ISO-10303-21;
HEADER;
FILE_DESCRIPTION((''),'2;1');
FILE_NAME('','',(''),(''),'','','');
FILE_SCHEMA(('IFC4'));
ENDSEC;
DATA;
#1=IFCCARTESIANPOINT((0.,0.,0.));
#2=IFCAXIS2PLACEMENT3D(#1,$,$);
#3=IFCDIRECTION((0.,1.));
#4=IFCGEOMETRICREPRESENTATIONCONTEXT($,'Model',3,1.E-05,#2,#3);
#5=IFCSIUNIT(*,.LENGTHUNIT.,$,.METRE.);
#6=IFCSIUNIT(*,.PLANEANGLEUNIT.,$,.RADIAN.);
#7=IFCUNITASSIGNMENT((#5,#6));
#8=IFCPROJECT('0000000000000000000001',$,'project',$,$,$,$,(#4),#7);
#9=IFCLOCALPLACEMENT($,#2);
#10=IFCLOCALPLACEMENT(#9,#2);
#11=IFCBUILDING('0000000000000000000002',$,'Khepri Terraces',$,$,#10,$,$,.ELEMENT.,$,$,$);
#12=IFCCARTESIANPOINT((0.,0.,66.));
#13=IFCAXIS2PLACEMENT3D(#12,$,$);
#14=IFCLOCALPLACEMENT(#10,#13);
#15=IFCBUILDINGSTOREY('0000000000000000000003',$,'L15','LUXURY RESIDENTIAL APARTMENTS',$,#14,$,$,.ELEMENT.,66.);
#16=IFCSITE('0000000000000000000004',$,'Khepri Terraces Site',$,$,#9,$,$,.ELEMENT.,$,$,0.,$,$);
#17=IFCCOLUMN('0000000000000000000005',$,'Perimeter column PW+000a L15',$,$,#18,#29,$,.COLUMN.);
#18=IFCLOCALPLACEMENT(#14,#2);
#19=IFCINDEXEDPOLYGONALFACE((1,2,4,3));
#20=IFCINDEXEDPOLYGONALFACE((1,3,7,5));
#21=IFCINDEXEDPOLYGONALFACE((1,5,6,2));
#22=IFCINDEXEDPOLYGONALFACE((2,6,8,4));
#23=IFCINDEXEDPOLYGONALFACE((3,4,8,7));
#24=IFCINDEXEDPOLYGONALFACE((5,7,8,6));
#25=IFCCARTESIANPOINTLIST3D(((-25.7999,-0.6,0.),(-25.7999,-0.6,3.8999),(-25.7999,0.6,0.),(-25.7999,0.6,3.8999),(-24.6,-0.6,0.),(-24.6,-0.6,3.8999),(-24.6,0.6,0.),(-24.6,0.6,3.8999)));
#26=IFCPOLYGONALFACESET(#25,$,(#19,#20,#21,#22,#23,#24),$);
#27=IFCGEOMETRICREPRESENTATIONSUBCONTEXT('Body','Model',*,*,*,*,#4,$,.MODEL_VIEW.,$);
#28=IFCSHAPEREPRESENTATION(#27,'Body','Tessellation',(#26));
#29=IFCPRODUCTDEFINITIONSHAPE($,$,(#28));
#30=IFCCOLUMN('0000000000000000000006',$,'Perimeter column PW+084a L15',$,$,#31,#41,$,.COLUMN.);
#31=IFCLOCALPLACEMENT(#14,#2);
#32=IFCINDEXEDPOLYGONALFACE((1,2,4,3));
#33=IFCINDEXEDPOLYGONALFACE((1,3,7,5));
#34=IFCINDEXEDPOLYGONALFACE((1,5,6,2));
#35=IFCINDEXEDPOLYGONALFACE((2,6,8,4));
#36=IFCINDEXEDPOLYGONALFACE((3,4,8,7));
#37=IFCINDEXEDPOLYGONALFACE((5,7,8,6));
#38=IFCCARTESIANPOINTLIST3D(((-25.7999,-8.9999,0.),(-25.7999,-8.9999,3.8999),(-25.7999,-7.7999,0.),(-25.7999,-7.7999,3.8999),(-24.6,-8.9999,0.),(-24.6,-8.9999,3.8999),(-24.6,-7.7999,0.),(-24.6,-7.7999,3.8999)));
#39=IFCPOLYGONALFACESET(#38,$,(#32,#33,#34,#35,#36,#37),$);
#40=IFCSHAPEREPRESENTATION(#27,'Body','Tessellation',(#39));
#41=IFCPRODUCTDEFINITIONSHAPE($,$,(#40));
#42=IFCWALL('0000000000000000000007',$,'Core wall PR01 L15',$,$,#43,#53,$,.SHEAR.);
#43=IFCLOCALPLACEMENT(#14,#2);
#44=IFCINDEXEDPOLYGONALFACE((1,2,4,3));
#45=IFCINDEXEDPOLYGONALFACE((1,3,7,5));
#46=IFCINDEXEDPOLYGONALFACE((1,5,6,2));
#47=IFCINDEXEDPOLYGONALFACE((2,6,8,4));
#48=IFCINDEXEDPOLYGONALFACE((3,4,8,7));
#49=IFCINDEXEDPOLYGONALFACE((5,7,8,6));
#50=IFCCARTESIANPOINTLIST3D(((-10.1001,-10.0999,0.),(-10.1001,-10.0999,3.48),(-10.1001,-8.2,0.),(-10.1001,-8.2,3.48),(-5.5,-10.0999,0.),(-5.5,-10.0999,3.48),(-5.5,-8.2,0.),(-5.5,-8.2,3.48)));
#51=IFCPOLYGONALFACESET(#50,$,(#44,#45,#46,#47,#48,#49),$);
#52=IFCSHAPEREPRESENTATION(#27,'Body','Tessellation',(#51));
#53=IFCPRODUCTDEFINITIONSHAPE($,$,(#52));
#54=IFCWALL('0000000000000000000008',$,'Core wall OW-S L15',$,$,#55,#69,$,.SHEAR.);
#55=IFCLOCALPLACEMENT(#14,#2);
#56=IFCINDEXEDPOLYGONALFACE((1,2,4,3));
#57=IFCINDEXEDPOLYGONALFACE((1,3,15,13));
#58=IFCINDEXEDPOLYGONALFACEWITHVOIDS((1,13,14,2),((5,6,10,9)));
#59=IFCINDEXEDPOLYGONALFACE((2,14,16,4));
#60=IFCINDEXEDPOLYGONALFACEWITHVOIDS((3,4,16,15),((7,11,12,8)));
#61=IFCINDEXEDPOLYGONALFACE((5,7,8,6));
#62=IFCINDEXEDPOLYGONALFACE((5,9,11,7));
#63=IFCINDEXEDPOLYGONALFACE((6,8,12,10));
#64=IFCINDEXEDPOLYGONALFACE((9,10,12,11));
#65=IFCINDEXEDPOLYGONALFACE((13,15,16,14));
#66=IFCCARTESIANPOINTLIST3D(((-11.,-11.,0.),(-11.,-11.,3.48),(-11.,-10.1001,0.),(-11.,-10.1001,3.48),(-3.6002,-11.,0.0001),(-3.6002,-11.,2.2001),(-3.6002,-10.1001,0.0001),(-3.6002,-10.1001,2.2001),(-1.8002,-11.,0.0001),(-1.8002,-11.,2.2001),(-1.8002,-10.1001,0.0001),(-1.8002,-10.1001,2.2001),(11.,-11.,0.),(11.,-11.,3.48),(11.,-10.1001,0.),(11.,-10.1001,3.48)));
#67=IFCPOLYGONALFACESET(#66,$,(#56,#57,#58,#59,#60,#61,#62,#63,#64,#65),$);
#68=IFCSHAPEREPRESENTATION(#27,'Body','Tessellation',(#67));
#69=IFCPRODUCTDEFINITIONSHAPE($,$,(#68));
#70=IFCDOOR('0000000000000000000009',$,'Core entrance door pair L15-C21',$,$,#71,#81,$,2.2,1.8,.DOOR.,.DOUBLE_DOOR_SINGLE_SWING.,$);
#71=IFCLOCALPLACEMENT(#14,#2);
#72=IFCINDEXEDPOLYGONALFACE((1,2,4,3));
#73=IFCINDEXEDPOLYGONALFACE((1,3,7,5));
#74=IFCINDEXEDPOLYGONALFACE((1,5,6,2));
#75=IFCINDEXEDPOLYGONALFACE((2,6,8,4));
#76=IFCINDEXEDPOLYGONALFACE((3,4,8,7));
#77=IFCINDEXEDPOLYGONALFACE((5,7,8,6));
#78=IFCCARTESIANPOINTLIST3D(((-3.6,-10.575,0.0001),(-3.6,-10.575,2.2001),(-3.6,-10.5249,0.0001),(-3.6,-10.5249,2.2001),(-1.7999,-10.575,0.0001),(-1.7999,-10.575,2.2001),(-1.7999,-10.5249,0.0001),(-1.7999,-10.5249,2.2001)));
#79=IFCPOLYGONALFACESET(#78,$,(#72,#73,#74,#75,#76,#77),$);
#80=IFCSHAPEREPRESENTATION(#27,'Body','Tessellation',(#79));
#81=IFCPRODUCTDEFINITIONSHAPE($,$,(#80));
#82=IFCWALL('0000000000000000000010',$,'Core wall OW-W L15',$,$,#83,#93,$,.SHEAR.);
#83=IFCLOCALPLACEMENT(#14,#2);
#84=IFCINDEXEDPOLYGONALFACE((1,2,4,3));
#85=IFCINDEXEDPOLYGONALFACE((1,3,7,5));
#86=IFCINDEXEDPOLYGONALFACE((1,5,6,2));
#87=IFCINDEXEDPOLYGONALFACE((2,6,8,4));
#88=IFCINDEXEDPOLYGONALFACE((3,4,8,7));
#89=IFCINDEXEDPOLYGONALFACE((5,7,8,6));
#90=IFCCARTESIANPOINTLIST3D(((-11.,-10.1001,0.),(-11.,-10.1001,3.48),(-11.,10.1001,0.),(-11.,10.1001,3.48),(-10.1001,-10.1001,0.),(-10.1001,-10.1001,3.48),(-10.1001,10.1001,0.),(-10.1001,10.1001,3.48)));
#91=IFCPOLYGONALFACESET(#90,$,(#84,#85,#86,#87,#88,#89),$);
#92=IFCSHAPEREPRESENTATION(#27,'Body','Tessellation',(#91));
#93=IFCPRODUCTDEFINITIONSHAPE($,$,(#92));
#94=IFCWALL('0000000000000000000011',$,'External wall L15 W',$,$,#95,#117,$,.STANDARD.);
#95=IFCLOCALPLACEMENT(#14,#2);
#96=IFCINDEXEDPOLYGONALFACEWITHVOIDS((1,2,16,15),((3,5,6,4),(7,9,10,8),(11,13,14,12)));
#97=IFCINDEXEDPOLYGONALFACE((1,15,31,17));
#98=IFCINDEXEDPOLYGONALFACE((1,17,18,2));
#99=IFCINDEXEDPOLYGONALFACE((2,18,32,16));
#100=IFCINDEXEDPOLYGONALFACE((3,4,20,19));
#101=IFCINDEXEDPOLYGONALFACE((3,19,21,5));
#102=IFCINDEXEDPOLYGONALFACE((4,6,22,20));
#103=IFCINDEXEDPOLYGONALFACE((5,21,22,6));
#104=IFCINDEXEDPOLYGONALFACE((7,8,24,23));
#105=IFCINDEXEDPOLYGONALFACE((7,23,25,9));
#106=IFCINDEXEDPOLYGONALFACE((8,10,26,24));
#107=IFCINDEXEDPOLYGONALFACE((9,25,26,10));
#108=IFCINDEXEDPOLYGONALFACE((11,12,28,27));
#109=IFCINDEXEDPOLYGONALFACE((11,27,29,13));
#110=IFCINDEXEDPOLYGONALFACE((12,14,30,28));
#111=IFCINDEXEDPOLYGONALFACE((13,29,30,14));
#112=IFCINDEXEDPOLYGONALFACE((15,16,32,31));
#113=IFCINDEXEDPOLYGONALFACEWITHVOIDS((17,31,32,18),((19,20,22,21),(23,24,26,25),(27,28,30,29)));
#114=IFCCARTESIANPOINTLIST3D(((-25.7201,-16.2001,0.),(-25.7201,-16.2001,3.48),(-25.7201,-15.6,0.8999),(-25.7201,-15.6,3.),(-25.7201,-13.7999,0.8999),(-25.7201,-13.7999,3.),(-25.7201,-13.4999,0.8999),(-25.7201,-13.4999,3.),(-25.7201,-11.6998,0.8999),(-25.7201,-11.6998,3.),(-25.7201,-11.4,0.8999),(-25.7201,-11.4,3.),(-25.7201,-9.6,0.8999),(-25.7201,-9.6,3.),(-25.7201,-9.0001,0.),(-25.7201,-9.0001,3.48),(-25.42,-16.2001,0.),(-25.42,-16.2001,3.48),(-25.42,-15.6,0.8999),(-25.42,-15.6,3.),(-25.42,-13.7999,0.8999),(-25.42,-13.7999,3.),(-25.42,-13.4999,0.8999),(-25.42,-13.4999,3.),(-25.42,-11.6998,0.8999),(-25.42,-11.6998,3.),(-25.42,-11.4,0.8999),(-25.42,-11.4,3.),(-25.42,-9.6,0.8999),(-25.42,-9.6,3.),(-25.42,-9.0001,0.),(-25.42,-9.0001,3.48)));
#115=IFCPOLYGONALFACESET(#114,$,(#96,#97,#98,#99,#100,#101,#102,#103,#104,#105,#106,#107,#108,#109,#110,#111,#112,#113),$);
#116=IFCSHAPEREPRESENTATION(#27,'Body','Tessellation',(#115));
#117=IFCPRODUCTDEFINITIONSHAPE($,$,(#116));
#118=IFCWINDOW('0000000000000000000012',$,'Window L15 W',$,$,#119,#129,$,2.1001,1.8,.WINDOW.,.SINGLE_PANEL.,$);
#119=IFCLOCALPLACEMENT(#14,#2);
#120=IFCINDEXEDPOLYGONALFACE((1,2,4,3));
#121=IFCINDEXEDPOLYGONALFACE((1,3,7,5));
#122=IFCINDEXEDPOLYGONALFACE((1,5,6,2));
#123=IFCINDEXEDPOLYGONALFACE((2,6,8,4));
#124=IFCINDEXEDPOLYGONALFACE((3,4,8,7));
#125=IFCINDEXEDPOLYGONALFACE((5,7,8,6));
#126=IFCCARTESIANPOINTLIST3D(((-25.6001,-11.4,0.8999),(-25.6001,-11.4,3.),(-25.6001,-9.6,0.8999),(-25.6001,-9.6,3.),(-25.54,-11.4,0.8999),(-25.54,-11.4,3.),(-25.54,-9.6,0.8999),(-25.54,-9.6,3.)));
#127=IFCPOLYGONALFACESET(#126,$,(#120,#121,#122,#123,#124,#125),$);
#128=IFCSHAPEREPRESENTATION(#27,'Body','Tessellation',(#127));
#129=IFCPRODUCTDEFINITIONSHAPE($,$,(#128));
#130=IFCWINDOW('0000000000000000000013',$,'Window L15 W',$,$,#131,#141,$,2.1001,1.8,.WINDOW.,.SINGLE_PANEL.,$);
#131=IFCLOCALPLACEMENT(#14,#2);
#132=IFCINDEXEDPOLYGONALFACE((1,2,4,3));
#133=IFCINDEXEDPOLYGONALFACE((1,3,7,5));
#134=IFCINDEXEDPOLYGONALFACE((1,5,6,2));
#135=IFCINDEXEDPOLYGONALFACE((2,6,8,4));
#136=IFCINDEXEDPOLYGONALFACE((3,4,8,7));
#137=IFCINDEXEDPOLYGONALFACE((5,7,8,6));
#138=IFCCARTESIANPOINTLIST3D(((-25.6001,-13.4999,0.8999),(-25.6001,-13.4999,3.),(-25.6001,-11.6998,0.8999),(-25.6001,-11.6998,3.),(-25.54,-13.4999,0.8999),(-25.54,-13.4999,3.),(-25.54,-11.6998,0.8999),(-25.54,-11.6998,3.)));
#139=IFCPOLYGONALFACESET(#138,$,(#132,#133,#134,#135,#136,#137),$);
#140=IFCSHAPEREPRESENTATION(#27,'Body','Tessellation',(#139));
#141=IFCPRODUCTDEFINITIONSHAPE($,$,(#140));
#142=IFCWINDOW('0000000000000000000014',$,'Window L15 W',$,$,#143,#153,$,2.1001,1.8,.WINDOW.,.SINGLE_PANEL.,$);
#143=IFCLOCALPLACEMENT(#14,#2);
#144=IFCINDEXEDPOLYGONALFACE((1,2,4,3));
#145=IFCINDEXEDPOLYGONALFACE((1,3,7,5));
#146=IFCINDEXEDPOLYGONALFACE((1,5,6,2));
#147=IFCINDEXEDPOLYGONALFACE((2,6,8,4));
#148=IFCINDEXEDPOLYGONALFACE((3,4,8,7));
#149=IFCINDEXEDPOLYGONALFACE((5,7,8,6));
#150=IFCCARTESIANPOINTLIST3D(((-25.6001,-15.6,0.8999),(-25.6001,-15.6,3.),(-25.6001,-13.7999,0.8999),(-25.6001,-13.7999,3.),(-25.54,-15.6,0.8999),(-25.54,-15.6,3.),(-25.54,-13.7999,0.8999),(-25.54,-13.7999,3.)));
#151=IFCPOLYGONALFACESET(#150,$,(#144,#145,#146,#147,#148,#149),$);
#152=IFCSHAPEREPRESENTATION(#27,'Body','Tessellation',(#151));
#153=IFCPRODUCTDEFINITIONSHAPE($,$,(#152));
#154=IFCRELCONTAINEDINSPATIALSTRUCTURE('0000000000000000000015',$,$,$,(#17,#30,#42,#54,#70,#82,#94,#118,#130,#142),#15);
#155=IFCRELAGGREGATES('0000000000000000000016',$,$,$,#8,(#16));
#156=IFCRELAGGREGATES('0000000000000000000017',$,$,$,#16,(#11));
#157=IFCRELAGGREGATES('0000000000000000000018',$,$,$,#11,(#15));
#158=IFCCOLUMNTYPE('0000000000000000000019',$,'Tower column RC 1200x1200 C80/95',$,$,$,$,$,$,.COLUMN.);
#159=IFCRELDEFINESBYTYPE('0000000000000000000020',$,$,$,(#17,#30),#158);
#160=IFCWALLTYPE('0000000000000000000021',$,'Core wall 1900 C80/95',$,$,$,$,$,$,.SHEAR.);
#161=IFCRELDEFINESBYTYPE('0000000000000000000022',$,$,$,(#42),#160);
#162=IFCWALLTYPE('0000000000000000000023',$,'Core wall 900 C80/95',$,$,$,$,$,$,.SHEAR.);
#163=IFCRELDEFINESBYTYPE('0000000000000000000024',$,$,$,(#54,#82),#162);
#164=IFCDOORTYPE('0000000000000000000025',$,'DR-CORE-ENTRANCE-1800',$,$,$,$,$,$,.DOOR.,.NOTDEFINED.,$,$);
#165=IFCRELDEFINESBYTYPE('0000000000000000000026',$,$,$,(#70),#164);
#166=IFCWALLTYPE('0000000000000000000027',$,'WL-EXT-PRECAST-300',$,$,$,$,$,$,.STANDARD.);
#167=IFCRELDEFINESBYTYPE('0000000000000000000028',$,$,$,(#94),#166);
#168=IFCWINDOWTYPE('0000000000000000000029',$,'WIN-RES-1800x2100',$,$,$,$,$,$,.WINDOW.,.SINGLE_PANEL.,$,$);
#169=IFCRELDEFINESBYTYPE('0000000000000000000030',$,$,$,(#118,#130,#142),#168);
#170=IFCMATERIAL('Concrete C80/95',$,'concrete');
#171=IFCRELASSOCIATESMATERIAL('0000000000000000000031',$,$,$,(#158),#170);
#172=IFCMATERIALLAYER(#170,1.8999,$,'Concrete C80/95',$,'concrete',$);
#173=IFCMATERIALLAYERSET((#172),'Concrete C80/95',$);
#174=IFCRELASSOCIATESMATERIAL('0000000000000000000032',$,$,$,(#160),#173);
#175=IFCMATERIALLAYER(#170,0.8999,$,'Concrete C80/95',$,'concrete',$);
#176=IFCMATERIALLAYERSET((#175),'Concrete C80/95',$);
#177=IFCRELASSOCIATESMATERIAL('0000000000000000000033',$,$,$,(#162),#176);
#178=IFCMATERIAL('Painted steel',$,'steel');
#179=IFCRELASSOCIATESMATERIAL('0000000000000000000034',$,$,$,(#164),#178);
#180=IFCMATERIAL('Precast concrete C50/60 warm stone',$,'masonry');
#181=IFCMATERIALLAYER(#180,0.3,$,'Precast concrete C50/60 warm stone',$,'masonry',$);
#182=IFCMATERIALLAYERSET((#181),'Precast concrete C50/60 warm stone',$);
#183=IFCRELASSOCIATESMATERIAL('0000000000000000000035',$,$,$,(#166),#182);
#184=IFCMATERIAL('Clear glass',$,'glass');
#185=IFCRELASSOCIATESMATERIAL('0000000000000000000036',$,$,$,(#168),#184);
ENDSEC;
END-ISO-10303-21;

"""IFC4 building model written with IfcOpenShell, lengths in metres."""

from ifc_helpers import new_model, si_unit, direction, frame, frame_2d, origin, origin_2d, place, context, subcontext, project, spatial, rectangle, extrude, material, layer, layer_set, material_profile, profile_set, type_object, element, fill, save


model = new_model("IFC4")

# Units and contexts
model_context = context("Model", 3, precision=1e-05, world=origin(), true_north=direction((0.0, 1.0)))
body_context = subcontext(model_context, "Body", "Model", "MODEL_VIEW")
ifc_project = project(units=[si_unit("LENGTHUNIT", "METRE"), si_unit("PLANEANGLEUNIT", "RADIAN")], contexts=[model_context])

# Site, building, storey
site_placement = place(None, origin())
site = spatial("IfcSite", under=ifc_project, at=site_placement, Name="Khepri Terraces Site", CompositionType="ELEMENT", RefElevation=0.0)
building_placement = place(site_placement, origin())
building = spatial("IfcBuilding", under=site, at=building_placement, Name="Khepri Terraces", CompositionType="ELEMENT")
storey_placement = place(building_placement, frame((0.0, 0.0, 66.0)))
storey = spatial("IfcBuildingStorey", under=building, at=storey_placement, Name="L15", Description="LUXURY RESIDENTIAL APARTMENTS", CompositionType="ELEMENT", Elevation=66.0)

# Columns
ifc_material_1 = material(Name="Concrete C80/95", Category="concrete")
ifc_material_profile = material_profile(ifc_material_1, rectangle(XDim=1.2, YDim=1.2, at=origin_2d()), Name="Concrete C80/95", Category="concrete")
ifc_profile_set = profile_set([ifc_material_profile], Name="Concrete C80/95")
column_type = type_object("IfcColumnType", Name="Tower column RC 1200x1200 C80/95", PredefinedType="COLUMN", material=ifc_profile_set)
for number, where, z_axis, x_axis, name in (
    (1, (-25.2, 0.0, 0.0), (0.0, 0.0, 1.0), (1.0, 0.0, 0.0), "Perimeter column PW+000a L15"),
    (2, (-25.2, -8.3999, 0.0), (0.0, 0.0, 1.0), (1.0, 0.0, 0.0), "Perimeter column PW+084a L15"),
):
    element("IfcColumn", number, at=place(storey_placement, frame(where, z_axis=z_axis, x_axis=x_axis)), inside=storey, type_object=column_type, Name=name, PredefinedType="COLUMN", context=body_context, shape_type="SweptSolid", body=[
        extrude(rectangle(XDim=1.2, YDim=1.2, at=origin_2d()), origin(), (0.0, 0.0, 1.0), 3.8999),
    ])

# Wall
ifc_layer_1 = layer(ifc_material_1, 1.8999, Name="Concrete C80/95", Category="concrete")
ifc_layer_set_1 = layer_set([ifc_layer_1], Name="Concrete C80/95")
wall_type_1 = type_object("IfcWallType", Name="Core wall 1900 C80/95", PredefinedType="SHEAR", material=ifc_layer_set_1)
wall_1_placement = place(storey_placement, frame((-10.1001, -9.1499, 0.0), z_axis=(0.0, 0.0, 1.0), x_axis=(1.0, 0.0, 0.0)))
element("IfcWall", 3, at=wall_1_placement, inside=storey, type_object=wall_type_1, Name="Core wall PR01 L15", PredefinedType="SHEAR", context=body_context, shape_type="SweptSolid", body=[
    extrude(rectangle(XDim=4.6001, YDim=1.8999, at=frame_2d((2.3, 0.0))), origin(), (0.0, 0.0, 1.0), 3.48),
])

# Wall, opening, door
ifc_layer_2 = layer(ifc_material_1, 0.8999, Name="Concrete C80/95", Category="concrete")
ifc_layer_set_2 = layer_set([ifc_layer_2], Name="Concrete C80/95")
wall_type_2 = type_object("IfcWallType", Name="Core wall 900 C80/95", PredefinedType="SHEAR", material=ifc_layer_set_2)
wall_2_placement = place(storey_placement, frame((-11.0, -10.55, 0.0), z_axis=(0.0, 0.0, 1.0), x_axis=(1.0, 0.0, 0.0)))
wall_2 = element("IfcWall", 4, at=wall_2_placement, inside=storey, type_object=wall_type_2, Name="Core wall OW-S L15", PredefinedType="SHEAR", context=body_context, shape_type="SweptSolid", body=[
    extrude(rectangle(XDim=22.0, YDim=0.8999, at=frame_2d((11.0, 0.0))), origin(), (0.0, 0.0, 1.0), 3.48),
])
opening_1_placement = place(wall_2_placement, frame((7.3999, 0.0, 0.0)))
opening_1 = element("IfcOpeningElement", 5, at=opening_1_placement, cuts=wall_2, PredefinedType="OPENING", context=body_context, shape_type="SweptSolid", body=[
    extrude(rectangle(XDim=1.8, YDim=2.2, at=frame_2d((0.8999, 1.1001))), frame((0.0, 0.46, 0.0), z_axis=(0.0, -1.0, 0.0), x_axis=(1.0, 0.0, 0.0)), (0.0, 0.0, 1.0), 0.9199),
])
ifc_material_2 = material(Name="Painted steel", Category="steel")
door_type_1 = type_object("IfcDoorType", Name="DR-CORE-ENTRANCE-1800", OperationType="NOTDEFINED", PredefinedType="DOOR", material=ifc_material_2)
door_1_placement = place(opening_1_placement, frame((1.8, 0.0, 0.0), z_axis=(0.0, 0.0, 1.0), x_axis=(-1.0, 0.0, 0.0)))
door_1 = element("IfcDoor", 6, at=door_1_placement, inside=storey, type_object=door_type_1, Name="Core entrance door pair L15-C21", OperationType="DOUBLE_DOOR_SINGLE_SWING", OverallHeight=2.2, OverallWidth=1.8, PredefinedType="DOOR", context=body_context, shape_type="SweptSolid", body=[
    extrude(rectangle(XDim=1.8, YDim=2.2, at=frame_2d((0.8999, 1.1001))), frame((0.0, 0.0249, 0.0), z_axis=(0.0, -1.0, 0.0), x_axis=(1.0, 0.0, 0.0)), (0.0, 0.0, 1.0), 0.05),
])
fill(opening_1, door_1)

# Wall
wall_3_placement = place(storey_placement, frame((-10.55, -10.1001, 0.0), z_axis=(0.0, 0.0, 1.0), x_axis=(0.0, 1.0, 0.0)))
element("IfcWall", 7, at=wall_3_placement, inside=storey, type_object=wall_type_2, Name="Core wall OW-W L15", PredefinedType="SHEAR", context=body_context, shape_type="SweptSolid", body=[
    extrude(rectangle(XDim=20.2002, YDim=0.8999, at=frame_2d((10.1001, 0.0))), origin(), (0.0, 0.0, 1.0), 3.48),
])

# Shared definitions
ifc_material_3 = material(Name="Precast concrete C50/60 warm stone", Category="masonry")
ifc_layer_3 = layer(ifc_material_3, 0.3, Name="Precast concrete C50/60 warm stone", Category="masonry")
ifc_layer_set_3 = layer_set([ifc_layer_3], Name="Precast concrete C50/60 warm stone")
wall_type_3 = type_object("IfcWallType", Name="WL-EXT-PRECAST-300", PredefinedType="STANDARD", material=ifc_layer_set_3)
ifc_material_4 = material(Name="Clear glass", Category="glass")
window_type = type_object("IfcWindowType", Name="WIN-RES-1800x2100", PartitioningType="SINGLE_PANEL", PredefinedType="WINDOW", material=ifc_material_4)

# Wall, openings, windows
wall_4_placement = place(storey_placement, frame((-25.5701, -9.0, 0.0), z_axis=(0.0, 0.0, 1.0), x_axis=(0.0, -1.0, 0.0)))
wall_4 = element("IfcWall", 8, at=wall_4_placement, inside=storey, type_object=wall_type_3, Name="External wall L15 W", PredefinedType="STANDARD", context=body_context, shape_type="SweptSolid", body=[
    extrude(rectangle(XDim=7.2, YDim=0.3, at=frame_2d((3.6001, 0.0))), origin(), (0.0, 0.0, 1.0), 3.48),
])
opening_2_placement = place(wall_4_placement, frame((0.6001, 0.0, 0.8999)))
opening_2 = element("IfcOpeningElement", 9, at=opening_2_placement, cuts=wall_4, PredefinedType="OPENING", context=body_context, shape_type="SweptSolid", body=[
    extrude(rectangle(XDim=1.8, YDim=2.1001, at=frame_2d((0.8999, 1.05))), frame((0.0, 0.1602, 0.0), z_axis=(0.0, -1.0, 0.0), x_axis=(1.0, 0.0, 0.0)), (0.0, 0.0, 1.0), 0.3201),
])
opening_3_placement = place(wall_4_placement, frame((2.7, 0.0, 0.8999)))
opening_3 = element("IfcOpeningElement", 10, at=opening_3_placement, cuts=wall_4, PredefinedType="OPENING", context=body_context, shape_type="SweptSolid", body=[
    extrude(rectangle(XDim=1.8, YDim=2.1001, at=frame_2d((0.8999, 1.05))), frame((0.0, 0.1602, 0.0), z_axis=(0.0, -1.0, 0.0), x_axis=(1.0, 0.0, 0.0)), (0.0, 0.0, 1.0), 0.3201),
])
opening_4_placement = place(wall_4_placement, frame((4.8, 0.0, 0.8999)))
opening_4 = element("IfcOpeningElement", 11, at=opening_4_placement, cuts=wall_4, PredefinedType="OPENING", context=body_context, shape_type="SweptSolid", body=[
    extrude(rectangle(XDim=1.8, YDim=2.1001, at=frame_2d((0.8999, 1.05))), frame((0.0, 0.1602, 0.0), z_axis=(0.0, -1.0, 0.0), x_axis=(1.0, 0.0, 0.0)), (0.0, 0.0, 1.0), 0.3201),
])
window_1_placement = place(opening_2_placement, origin())
window_1 = element("IfcWindow", 12, at=window_1_placement, inside=storey, type_object=window_type, Name="Window L15 W", OverallHeight=2.1001, OverallWidth=1.8, PartitioningType="SINGLE_PANEL", PredefinedType="WINDOW", context=body_context, shape_type="SweptSolid", body=[
    extrude(rectangle(XDim=1.8, YDim=2.1001, at=frame_2d((0.8999, 1.05))), frame((0.0, 0.03, 0.0), z_axis=(0.0, -1.0, 0.0), x_axis=(1.0, 0.0, 0.0)), (0.0, 0.0, 1.0), 0.0601),
])
fill(opening_2, window_1)
window_2_placement = place(opening_3_placement, origin())
window_2 = element("IfcWindow", 13, at=window_2_placement, inside=storey, type_object=window_type, Name="Window L15 W", OverallHeight=2.1001, OverallWidth=1.8, PartitioningType="SINGLE_PANEL", PredefinedType="WINDOW", context=body_context, shape_type="SweptSolid", body=[
    extrude(rectangle(XDim=1.8, YDim=2.1001, at=frame_2d((0.8999, 1.05))), frame((0.0, 0.03, 0.0), z_axis=(0.0, -1.0, 0.0), x_axis=(1.0, 0.0, 0.0)), (0.0, 0.0, 1.0), 0.0601),
])
fill(opening_3, window_2)
window_3_placement = place(opening_4_placement, origin())
window_3 = element("IfcWindow", 14, at=window_3_placement, inside=storey, type_object=window_type, Name="Window L15 W", OverallHeight=2.1001, OverallWidth=1.8, PartitioningType="SINGLE_PANEL", PredefinedType="WINDOW", context=body_context, shape_type="SweptSolid", body=[
    extrude(rectangle(XDim=1.8, YDim=2.1001, at=frame_2d((0.8999, 1.05))), frame((0.0, 0.03, 0.0), z_axis=(0.0, -1.0, 0.0), x_axis=(1.0, 0.0, 0.0)), (0.0, 0.0, 1.0), 0.0601),
])
fill(opening_4, window_3)

save(model, "model.ifc")
